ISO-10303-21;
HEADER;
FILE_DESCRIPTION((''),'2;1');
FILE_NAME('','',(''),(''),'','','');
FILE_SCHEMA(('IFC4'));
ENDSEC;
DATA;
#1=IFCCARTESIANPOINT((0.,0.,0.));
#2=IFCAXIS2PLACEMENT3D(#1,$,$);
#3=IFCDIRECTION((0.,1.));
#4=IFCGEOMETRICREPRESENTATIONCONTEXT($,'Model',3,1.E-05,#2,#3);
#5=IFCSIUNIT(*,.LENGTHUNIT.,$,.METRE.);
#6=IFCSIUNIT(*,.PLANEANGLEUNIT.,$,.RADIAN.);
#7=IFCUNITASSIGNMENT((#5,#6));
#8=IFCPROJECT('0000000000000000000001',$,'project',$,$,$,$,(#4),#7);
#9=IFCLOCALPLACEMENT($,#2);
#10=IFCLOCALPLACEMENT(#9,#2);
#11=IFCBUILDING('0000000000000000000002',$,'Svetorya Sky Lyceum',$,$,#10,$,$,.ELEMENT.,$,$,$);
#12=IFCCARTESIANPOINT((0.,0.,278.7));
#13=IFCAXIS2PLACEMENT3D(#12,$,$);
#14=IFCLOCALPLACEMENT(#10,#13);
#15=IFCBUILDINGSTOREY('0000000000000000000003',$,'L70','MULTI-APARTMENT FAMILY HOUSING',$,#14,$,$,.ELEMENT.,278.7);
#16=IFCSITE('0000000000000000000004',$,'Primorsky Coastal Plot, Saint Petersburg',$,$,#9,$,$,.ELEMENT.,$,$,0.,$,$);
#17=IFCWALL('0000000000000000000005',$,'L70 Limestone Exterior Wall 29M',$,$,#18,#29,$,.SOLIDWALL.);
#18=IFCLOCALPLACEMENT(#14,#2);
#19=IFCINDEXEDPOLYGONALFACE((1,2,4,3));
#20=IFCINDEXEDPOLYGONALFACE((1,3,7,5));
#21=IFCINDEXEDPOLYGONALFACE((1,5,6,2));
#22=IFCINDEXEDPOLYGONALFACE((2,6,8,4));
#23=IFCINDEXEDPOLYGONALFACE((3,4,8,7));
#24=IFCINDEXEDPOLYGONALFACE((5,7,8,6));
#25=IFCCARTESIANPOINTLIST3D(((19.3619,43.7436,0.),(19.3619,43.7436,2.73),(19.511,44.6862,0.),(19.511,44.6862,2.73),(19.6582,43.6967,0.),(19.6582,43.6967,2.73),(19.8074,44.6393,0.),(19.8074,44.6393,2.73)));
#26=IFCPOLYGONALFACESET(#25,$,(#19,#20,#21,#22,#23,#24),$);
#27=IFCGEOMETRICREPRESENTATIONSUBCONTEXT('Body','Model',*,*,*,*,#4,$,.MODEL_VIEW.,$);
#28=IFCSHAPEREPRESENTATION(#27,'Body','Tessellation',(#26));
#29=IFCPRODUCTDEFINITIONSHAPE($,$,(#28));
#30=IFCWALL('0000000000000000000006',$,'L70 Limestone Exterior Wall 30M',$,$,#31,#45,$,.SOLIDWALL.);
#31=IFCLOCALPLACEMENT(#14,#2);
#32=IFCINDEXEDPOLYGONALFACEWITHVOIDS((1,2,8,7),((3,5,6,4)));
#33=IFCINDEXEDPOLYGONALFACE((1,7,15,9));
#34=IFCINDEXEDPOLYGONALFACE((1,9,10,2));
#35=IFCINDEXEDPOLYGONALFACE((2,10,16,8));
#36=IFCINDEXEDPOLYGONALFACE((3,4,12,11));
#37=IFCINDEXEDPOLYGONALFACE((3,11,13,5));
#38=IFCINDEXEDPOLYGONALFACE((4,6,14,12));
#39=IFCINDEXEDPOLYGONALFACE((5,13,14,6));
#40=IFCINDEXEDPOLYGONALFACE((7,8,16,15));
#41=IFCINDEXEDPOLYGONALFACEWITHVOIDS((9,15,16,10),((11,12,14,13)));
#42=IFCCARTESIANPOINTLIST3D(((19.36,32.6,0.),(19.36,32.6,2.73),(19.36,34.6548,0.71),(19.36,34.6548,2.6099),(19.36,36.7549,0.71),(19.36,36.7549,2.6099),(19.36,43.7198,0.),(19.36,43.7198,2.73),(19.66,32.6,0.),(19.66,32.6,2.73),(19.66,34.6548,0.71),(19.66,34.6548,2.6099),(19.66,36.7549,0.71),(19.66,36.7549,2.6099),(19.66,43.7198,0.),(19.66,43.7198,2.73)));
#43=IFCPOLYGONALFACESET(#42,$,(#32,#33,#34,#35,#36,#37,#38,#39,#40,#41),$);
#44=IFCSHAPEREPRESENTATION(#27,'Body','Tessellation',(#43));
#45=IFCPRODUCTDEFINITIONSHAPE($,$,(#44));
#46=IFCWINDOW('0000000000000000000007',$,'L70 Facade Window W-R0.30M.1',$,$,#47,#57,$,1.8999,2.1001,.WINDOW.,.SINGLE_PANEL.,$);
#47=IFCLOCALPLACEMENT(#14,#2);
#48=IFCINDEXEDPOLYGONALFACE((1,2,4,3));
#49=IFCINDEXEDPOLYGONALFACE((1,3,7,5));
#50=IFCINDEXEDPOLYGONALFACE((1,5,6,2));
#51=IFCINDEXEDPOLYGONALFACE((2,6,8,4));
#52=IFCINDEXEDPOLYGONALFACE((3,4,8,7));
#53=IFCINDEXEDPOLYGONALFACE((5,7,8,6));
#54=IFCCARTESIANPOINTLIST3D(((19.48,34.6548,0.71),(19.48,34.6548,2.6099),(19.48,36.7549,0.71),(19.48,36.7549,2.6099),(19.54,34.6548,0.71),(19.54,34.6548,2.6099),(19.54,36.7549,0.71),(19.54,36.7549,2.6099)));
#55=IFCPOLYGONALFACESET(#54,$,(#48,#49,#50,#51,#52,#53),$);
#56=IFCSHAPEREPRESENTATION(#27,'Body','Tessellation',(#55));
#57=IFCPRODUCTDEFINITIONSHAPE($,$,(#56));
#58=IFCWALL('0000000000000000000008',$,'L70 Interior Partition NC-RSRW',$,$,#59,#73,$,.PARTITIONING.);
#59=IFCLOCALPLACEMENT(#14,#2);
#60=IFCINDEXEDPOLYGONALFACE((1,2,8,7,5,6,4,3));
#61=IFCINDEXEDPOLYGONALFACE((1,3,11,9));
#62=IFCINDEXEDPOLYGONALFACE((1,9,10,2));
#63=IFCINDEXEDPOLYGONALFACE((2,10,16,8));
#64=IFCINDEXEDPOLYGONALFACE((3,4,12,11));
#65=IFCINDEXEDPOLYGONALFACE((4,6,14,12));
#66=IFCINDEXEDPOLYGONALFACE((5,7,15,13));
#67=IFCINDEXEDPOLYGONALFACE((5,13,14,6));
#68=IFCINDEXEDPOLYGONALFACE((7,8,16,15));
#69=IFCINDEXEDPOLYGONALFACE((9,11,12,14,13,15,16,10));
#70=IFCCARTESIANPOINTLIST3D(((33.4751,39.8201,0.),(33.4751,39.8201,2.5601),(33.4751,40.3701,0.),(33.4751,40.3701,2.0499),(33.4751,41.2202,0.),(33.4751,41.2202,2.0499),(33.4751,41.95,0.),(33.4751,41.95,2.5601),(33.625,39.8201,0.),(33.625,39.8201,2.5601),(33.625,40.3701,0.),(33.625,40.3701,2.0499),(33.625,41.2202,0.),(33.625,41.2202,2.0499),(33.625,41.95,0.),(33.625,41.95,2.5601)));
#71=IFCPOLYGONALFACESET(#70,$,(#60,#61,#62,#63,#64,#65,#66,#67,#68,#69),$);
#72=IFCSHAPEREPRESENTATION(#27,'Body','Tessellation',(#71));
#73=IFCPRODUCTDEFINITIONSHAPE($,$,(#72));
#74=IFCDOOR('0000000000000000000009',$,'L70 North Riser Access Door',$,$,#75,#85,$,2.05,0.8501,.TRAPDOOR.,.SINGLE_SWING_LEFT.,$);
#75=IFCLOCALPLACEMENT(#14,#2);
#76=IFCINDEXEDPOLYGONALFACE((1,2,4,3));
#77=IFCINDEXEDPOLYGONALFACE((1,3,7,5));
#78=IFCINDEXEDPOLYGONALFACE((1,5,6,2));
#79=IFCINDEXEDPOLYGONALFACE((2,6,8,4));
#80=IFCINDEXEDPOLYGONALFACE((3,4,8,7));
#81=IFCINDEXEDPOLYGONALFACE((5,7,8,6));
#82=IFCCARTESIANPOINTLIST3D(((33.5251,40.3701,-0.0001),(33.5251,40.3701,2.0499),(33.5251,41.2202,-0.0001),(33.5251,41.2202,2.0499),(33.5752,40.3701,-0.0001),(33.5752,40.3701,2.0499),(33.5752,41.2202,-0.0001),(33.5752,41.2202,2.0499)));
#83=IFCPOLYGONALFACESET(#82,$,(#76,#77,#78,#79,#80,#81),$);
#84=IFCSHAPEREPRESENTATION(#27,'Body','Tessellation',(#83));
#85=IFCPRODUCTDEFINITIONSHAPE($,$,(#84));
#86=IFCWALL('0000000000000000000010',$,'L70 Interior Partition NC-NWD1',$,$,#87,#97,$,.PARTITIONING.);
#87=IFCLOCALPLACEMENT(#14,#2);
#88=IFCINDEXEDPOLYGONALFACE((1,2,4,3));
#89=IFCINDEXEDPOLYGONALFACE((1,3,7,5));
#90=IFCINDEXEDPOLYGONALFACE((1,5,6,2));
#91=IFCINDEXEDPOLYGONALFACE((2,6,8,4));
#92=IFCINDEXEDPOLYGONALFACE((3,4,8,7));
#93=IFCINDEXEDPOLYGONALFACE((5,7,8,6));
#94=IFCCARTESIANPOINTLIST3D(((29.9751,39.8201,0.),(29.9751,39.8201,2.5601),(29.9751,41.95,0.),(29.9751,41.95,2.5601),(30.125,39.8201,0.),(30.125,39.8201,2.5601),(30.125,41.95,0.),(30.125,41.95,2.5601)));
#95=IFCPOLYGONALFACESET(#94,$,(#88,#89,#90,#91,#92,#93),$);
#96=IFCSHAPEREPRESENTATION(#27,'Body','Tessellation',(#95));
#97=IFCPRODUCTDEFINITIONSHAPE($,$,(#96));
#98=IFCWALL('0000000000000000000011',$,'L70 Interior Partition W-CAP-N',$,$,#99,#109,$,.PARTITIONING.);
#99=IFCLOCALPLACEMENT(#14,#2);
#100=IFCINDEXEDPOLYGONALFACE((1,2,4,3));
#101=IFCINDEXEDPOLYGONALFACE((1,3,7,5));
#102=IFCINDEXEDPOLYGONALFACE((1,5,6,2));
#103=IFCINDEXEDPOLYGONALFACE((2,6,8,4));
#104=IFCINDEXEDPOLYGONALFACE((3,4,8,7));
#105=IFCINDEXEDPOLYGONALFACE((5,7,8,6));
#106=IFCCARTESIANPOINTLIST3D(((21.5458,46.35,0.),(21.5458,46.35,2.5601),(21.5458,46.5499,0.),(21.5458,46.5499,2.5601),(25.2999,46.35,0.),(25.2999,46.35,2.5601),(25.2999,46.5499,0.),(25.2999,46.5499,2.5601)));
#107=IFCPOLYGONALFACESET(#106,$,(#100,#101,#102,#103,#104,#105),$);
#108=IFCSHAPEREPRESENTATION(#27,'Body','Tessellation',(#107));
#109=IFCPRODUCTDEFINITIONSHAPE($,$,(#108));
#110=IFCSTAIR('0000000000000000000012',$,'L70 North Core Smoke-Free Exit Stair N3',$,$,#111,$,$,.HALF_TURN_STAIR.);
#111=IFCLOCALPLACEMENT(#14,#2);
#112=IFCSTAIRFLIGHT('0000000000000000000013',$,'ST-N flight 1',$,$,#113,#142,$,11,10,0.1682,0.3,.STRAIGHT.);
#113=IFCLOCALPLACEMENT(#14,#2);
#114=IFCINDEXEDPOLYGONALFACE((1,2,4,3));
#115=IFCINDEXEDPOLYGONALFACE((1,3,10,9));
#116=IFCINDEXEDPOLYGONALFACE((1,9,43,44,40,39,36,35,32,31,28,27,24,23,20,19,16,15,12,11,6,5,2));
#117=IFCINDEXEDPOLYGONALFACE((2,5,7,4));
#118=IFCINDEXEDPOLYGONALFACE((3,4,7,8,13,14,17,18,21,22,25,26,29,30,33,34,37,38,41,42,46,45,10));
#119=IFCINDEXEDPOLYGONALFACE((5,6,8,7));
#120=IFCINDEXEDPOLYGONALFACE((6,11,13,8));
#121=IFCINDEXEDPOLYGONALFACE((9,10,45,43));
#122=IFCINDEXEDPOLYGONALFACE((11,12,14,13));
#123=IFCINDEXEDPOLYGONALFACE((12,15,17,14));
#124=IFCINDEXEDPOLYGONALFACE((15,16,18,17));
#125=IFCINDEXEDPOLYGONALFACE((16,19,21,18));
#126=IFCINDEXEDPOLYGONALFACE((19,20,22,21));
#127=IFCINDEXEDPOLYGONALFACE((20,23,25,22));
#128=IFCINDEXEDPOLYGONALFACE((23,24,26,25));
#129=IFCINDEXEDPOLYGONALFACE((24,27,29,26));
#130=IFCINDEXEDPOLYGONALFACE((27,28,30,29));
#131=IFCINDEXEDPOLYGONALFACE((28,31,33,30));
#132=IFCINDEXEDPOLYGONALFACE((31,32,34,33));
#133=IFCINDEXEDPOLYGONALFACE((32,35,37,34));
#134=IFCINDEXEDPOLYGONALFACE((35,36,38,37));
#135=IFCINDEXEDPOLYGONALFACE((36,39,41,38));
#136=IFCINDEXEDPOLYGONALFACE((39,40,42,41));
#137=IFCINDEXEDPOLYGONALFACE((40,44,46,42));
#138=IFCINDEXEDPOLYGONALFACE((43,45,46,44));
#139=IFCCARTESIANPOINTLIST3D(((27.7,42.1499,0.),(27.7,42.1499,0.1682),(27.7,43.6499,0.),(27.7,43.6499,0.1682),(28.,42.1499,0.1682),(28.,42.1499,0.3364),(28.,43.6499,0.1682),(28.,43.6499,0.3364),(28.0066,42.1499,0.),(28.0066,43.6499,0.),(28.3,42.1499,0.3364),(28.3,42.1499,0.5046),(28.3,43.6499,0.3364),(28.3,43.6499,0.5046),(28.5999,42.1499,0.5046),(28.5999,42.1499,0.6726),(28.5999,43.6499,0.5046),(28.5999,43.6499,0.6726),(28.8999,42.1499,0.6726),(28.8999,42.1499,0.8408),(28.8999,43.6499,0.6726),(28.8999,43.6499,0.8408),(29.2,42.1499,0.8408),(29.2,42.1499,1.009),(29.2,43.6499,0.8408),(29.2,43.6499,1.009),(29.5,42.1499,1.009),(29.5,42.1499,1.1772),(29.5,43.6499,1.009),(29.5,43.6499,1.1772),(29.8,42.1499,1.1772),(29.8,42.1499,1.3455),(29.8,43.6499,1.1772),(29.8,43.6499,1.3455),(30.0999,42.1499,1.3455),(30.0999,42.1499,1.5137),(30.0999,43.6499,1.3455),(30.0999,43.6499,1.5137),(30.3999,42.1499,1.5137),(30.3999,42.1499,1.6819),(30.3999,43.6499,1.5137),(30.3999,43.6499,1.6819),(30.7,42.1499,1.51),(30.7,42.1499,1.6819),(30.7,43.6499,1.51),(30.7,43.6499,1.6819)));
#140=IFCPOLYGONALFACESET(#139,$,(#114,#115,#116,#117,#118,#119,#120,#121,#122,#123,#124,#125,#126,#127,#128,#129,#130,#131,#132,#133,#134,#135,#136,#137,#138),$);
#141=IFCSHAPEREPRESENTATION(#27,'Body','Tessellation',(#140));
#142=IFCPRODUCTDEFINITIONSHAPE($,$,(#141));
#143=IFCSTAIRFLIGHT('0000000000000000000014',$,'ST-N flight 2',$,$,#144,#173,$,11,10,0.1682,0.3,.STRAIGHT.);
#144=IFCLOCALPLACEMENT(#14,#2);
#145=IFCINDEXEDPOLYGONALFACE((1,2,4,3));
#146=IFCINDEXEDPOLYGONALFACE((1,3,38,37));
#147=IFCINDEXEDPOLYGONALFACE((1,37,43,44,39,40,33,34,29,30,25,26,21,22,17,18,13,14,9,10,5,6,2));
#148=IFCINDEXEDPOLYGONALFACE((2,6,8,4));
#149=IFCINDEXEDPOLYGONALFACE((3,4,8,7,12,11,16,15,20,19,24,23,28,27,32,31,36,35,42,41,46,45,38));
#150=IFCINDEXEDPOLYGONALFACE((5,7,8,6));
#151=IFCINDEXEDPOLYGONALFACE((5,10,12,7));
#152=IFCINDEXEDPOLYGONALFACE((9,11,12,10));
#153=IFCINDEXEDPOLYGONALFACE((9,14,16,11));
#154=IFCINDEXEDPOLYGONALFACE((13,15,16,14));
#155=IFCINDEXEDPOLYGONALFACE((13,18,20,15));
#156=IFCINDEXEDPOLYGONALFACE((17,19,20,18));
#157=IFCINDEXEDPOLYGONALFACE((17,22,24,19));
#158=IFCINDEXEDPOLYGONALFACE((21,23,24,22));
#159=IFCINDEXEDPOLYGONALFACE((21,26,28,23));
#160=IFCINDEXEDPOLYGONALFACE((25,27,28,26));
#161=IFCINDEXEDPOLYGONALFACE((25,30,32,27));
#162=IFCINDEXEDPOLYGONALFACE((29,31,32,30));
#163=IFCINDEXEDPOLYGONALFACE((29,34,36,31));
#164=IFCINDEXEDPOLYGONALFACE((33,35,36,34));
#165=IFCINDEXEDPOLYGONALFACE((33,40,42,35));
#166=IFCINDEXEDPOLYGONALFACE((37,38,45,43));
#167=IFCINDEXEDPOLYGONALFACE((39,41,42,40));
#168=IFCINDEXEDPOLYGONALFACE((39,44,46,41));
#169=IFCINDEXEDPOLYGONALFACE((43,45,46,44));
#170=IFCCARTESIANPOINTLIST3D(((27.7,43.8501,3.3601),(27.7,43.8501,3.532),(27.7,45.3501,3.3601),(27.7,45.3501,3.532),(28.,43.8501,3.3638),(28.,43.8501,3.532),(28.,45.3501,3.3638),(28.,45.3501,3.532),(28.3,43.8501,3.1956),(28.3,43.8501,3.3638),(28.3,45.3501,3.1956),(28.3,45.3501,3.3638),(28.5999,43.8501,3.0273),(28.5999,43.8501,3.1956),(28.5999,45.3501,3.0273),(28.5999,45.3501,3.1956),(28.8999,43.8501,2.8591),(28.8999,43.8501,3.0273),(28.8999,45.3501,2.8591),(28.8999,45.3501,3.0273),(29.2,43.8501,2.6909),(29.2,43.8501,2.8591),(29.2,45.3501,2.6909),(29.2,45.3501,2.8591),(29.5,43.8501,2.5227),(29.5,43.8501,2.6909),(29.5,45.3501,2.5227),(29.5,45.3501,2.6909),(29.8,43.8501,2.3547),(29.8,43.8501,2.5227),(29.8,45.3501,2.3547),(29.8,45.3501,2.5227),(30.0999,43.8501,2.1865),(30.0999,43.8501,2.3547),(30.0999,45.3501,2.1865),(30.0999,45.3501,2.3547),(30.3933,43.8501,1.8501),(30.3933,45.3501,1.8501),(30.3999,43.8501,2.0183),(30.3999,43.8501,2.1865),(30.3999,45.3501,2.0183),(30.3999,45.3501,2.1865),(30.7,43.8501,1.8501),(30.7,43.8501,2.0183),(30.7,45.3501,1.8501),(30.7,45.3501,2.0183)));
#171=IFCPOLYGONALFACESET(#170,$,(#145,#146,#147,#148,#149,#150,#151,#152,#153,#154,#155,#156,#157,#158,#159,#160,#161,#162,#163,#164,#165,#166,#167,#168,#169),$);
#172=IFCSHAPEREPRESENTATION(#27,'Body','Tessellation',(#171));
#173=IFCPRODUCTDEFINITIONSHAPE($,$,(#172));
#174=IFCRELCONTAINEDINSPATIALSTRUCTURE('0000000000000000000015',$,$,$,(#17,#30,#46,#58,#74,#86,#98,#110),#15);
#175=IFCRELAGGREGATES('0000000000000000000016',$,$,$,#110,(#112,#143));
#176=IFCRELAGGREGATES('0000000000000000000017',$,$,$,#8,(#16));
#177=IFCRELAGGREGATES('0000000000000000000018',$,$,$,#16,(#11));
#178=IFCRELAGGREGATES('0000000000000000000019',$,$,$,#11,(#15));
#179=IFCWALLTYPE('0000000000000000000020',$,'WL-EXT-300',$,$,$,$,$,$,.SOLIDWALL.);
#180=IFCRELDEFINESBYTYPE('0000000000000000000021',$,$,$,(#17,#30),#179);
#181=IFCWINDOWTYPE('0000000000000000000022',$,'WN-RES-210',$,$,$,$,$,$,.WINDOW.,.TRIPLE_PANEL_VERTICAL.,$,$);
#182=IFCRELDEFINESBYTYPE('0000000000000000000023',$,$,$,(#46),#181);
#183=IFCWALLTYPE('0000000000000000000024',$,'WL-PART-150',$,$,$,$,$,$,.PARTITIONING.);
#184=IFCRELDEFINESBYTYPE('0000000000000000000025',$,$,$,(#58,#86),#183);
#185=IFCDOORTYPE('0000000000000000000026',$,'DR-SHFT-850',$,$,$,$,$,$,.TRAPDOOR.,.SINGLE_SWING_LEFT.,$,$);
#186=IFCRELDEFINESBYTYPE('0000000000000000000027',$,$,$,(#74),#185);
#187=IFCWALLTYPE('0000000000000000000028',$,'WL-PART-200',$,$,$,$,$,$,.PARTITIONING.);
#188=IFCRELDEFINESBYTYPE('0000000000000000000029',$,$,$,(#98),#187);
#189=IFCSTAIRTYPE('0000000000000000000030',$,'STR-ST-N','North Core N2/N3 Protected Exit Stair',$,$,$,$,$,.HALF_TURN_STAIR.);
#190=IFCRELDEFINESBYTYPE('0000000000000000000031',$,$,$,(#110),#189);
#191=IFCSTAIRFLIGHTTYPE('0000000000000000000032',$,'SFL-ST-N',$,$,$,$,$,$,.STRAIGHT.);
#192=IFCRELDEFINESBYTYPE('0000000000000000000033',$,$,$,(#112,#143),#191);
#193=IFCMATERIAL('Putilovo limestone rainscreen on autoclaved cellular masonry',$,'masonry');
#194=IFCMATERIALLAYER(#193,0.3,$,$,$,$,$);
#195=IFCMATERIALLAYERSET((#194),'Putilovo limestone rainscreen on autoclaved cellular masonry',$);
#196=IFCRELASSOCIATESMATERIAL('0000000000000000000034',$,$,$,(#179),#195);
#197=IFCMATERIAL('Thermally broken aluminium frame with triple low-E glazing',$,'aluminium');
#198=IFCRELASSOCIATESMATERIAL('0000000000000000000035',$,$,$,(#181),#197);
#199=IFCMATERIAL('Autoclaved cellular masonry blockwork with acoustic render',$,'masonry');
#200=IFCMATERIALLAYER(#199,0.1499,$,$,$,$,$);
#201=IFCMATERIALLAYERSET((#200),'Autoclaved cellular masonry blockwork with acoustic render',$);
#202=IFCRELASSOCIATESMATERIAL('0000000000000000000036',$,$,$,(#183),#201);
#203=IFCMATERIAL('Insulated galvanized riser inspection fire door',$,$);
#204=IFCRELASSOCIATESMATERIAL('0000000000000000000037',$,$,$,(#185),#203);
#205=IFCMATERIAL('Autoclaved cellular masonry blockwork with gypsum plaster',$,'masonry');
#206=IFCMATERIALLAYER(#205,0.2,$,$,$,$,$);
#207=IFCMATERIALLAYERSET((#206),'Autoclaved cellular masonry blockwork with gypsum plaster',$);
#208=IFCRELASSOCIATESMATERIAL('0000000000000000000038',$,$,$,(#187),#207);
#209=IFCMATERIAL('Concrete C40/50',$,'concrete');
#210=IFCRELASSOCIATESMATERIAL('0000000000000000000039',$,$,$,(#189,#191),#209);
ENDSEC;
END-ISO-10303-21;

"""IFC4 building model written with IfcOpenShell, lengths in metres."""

from ifc_helpers import new_model, si_unit, direction, frame, frame_2d, origin, place, context, subcontext, project, spatial, polyline, rectangle, outline, extrude, material, layer, layer_set, type_object, element, fill, aggregate, save


model = new_model("IFC4")

# Units and contexts
model_context = context("Model", 3, precision=1e-05, world=origin(), true_north=direction((0.0, 1.0)))
body_context = subcontext(model_context, "Body", "Model", "MODEL_VIEW")
ifc_project = project(units=[si_unit("LENGTHUNIT", "METRE"), si_unit("PLANEANGLEUNIT", "RADIAN")], contexts=[model_context])

# Site, building, storey
site_placement = place(None, origin())
site = spatial("IfcSite", under=ifc_project, at=site_placement, Name="Primorsky Coastal Plot, Saint Petersburg", CompositionType="ELEMENT", RefElevation=0.0)
building_placement = place(site_placement, origin())
building = spatial("IfcBuilding", under=site, at=building_placement, Name="Svetorya Sky Lyceum", CompositionType="ELEMENT")
storey_placement = place(building_placement, frame((0.0, 0.0, 278.7)))
storey = spatial("IfcBuildingStorey", under=building, at=storey_placement, Name="L70", Description="MULTI-APARTMENT FAMILY HOUSING", CompositionType="ELEMENT", Elevation=278.7)

# Shared definitions
ifc_material_1 = material(Name="Concrete C40/50", Category="concrete")

# Wall
ifc_material_2 = material(Name="Putilovo limestone rainscreen on autoclaved cellular masonry", Category="masonry")
ifc_layer_1 = layer(ifc_material_2, 0.3)
ifc_layer_set_1 = layer_set([ifc_layer_1], Name="Putilovo limestone rainscreen on autoclaved cellular masonry")
wall_type_1 = type_object("IfcWallType", Name="WL-EXT-300", PredefinedType="SOLIDWALL", material=ifc_layer_set_1)
wall_1_placement = place(storey_placement, frame((19.6592, 44.6626, 0.0), z_axis=(0.0, 0.0, 1.0), x_axis=(-0.156304, -0.987709, 0.0)))
element("IfcWall", 1, at=wall_1_placement, inside=storey, type_object=wall_type_1, Name="L70 Limestone Exterior Wall 29M", PredefinedType="SOLIDWALL", context=body_context, shape_type="SweptSolid", body=[
    extrude(rectangle(XDim=0.9543, YDim=0.3, at=frame_2d((0.4771, 0.0))), origin(), (0.0, 0.0, 1.0), 2.73),
])

# Wall, opening, window
wall_2_placement = place(storey_placement, frame((19.51, 43.72, 0.0), z_axis=(0.0, 0.0, 1.0), x_axis=(0.0, -1.0, 0.0)))
wall_2 = element("IfcWall", 2, at=wall_2_placement, inside=storey, type_object=wall_type_1, Name="L70 Limestone Exterior Wall 30M", PredefinedType="SOLIDWALL", context=body_context, shape_type="SweptSolid", body=[
    extrude(rectangle(XDim=11.1199, YDim=0.3, at=frame_2d((5.5601, 0.0))), origin(), (0.0, 0.0, 1.0), 2.73),
])
opening_1_placement = place(wall_2_placement, frame((6.9651, 0.0, 0.71)))
opening_1 = element("IfcOpeningElement", 3, at=opening_1_placement, cuts=wall_2, PredefinedType="OPENING", context=body_context, shape_type="SweptSolid", body=[
    extrude(rectangle(XDim=2.1001, YDim=1.8999, at=frame_2d((1.05, 0.95))), frame((0.0, 0.1599, 0.0), z_axis=(0.0, -1.0, 0.0), x_axis=(1.0, 0.0, 0.0)), (0.0, 0.0, 1.0), 0.3201),
])
ifc_material_3 = material(Name="Thermally broken aluminium frame with triple low-E glazing", Category="aluminium")
window_type = type_object("IfcWindowType", Name="WN-RES-210", PartitioningType="TRIPLE_PANEL_VERTICAL", PredefinedType="WINDOW", material=ifc_material_3)
window_placement = place(opening_1_placement, origin())
window = element("IfcWindow", 4, at=window_placement, inside=storey, type_object=window_type, Name="L70 Facade Window W-R0.30M.1", OverallHeight=1.8999, OverallWidth=2.1001, PartitioningType="SINGLE_PANEL", PredefinedType="WINDOW", context=body_context, shape_type="SweptSolid", body=[
    extrude(rectangle(XDim=2.1001, YDim=1.8999, at=frame_2d((1.05, 0.95))), frame((0.0, 0.03, 0.0), z_axis=(0.0, -1.0, 0.0), x_axis=(1.0, 0.0, 0.0)), (0.0, 0.0, 1.0), 0.0601),
])
fill(opening_1, window)

# Wall, opening, door
ifc_material_4 = material(Name="Autoclaved cellular masonry blockwork with acoustic render", Category="masonry")
ifc_layer_2 = layer(ifc_material_4, 0.1499)
ifc_layer_set_2 = layer_set([ifc_layer_2], Name="Autoclaved cellular masonry blockwork with acoustic render")
wall_type_2 = type_object("IfcWallType", Name="WL-PART-150", PredefinedType="PARTITIONING", material=ifc_layer_set_2)
wall_3_placement = place(storey_placement, frame((33.55, 39.8201, 0.0), z_axis=(0.0, 0.0, 1.0), x_axis=(0.0, 1.0, 0.0)))
wall_3 = element("IfcWall", 5, at=wall_3_placement, inside=storey, type_object=wall_type_2, Name="L70 Interior Partition NC-RSRW", PredefinedType="PARTITIONING", context=body_context, shape_type="SweptSolid", body=[
    extrude(rectangle(XDim=2.1299, YDim=0.1499, at=frame_2d((1.0649, 0.0))), origin(), (0.0, 0.0, 1.0), 2.5601),
])
opening_2_placement = place(wall_3_placement, frame((0.55, 0.0, 0.0)))
opening_2 = element("IfcOpeningElement", 6, at=opening_2_placement, cuts=wall_3, PredefinedType="OPENING", context=body_context, shape_type="SweptSolid", body=[
    extrude(rectangle(XDim=0.8501, YDim=2.05, at=frame_2d((0.425, 1.0249))), frame((0.0, 0.085, 0.0), z_axis=(0.0, -1.0, 0.0), x_axis=(1.0, 0.0, 0.0)), (0.0, 0.0, 1.0), 0.1699),
])
ifc_material_5 = material(Name="Insulated galvanized riser inspection fire door")
door_type = type_object("IfcDoorType", Name="DR-SHFT-850", OperationType="SINGLE_SWING_LEFT", PredefinedType="TRAPDOOR", material=ifc_material_5)
door_placement = place(opening_2_placement, origin())
door = element("IfcDoor", 7, at=door_placement, inside=storey, type_object=door_type, Name="L70 North Riser Access Door", OperationType="SINGLE_SWING_LEFT", OverallHeight=2.05, OverallWidth=0.8501, PredefinedType="TRAPDOOR", context=body_context, shape_type="SweptSolid", body=[
    extrude(rectangle(XDim=0.8501, YDim=2.05, at=frame_2d((0.425, 1.0249))), frame((0.0, 0.0249, 0.0), z_axis=(0.0, -1.0, 0.0), x_axis=(1.0, 0.0, 0.0)), (0.0, 0.0, 1.0), 0.05),
])
fill(opening_2, door)

# Walls
wall_4_placement = place(storey_placement, frame((30.05, 39.8201, 0.0), z_axis=(0.0, 0.0, 1.0), x_axis=(0.0, 1.0, 0.0)))
element("IfcWall", 8, at=wall_4_placement, inside=storey, type_object=wall_type_2, Name="L70 Interior Partition NC-NWD1", PredefinedType="PARTITIONING", context=body_context, shape_type="SweptSolid", body=[
    extrude(rectangle(XDim=2.1299, YDim=0.1499, at=frame_2d((1.0649, 0.0))), origin(), (0.0, 0.0, 1.0), 2.5601),
])
ifc_material_6 = material(Name="Autoclaved cellular masonry blockwork with gypsum plaster", Category="masonry")
ifc_layer_3 = layer(ifc_material_6, 0.2)
ifc_layer_set_3 = layer_set([ifc_layer_3], Name="Autoclaved cellular masonry blockwork with gypsum plaster")
wall_type_3 = type_object("IfcWallType", Name="WL-PART-200", PredefinedType="PARTITIONING", material=ifc_layer_set_3)
wall_5_placement = place(storey_placement, frame((21.5459, 46.45, 0.0), z_axis=(0.0, 0.0, 1.0), x_axis=(1.0, 0.0, 0.0)))
element("IfcWall", 9, at=wall_5_placement, inside=storey, type_object=wall_type_3, Name="L70 Interior Partition W-CAP-N", PredefinedType="PARTITIONING", context=body_context, shape_type="SweptSolid", body=[
    extrude(rectangle(XDim=3.7542, YDim=0.2, at=frame_2d((1.877, 0.0))), origin(), (0.0, 0.0, 1.0), 2.5601),
])

# Stair, stair flights
stair_type = type_object("IfcStairType", Name="STR-ST-N", Description="North Core N2/N3 Protected Exit Stair", PredefinedType="HALF_TURN_STAIR", material=ifc_material_1)
stair_placement = place(storey_placement, origin())
stair = element("IfcStair", 10, at=stair_placement, inside=storey, type_object=stair_type, Name="L70 North Core Smoke-Free Exit Stair N3", PredefinedType="HALF_TURN_STAIR")
stair_flight_type = type_object("IfcStairFlightType", Name="SFL-ST-N", PredefinedType="STRAIGHT", material=ifc_material_1)
stair_flight_1_placement = place(storey_placement, frame((27.7, 42.8999, 0.0), z_axis=(0.0, 0.0, 1.0), x_axis=(1.0, 0.0, 0.0)))
stair_flight_1 = element("IfcStairFlight", 11, at=stair_flight_1_placement, type_object=stair_flight_type, Name="ST-N flight 1", NumberOfRisers=11, NumberOfTreads=10, PredefinedType="STRAIGHT", RiserHeight=0.1682, TreadLength=0.3, context=body_context, shape_type="SweptSolid", body=[
    extrude(outline(polyline([(0.0, 0.0), (0.0, 0.1682), (0.3, 0.1682), (0.3, 0.3364), (0.6001, 0.3364), (0.6001, 0.5046), (0.8999, 0.5046), (0.8999, 0.6726), (1.2, 0.6726), (1.2, 0.8408), (1.5, 0.8408), (1.5, 1.009), (1.8, 1.009), (1.8, 1.1772), (2.1001, 1.1772), (2.1001, 1.3455), (2.3999, 1.3455), (2.3999, 1.5137), (2.7, 1.5137), (2.7, 1.6819), (3.0, 1.6819), (3.0, 1.8501), (3.0, 1.51), (0.3066, 0.0), (0.0, 0.0)])), frame((0.0, 0.75, 0.0), z_axis=(0.0, -1.0, 0.0), x_axis=(1.0, 0.0, 0.0)), (0.0, 0.0, 1.0), 1.5),
])
stair_flight_2_placement = place(storey_placement, frame((30.7, 44.6001, 1.8501), z_axis=(0.0, 0.0, 1.0), x_axis=(-1.0, 0.0, 0.0)))
stair_flight_2 = element("IfcStairFlight", 12, at=stair_flight_2_placement, type_object=stair_flight_type, Name="ST-N flight 2", NumberOfRisers=11, NumberOfTreads=10, PredefinedType="STRAIGHT", RiserHeight=0.1682, TreadLength=0.3, context=body_context, shape_type="SweptSolid", body=[
    extrude(outline(polyline([(0.0, 0.0), (0.0, 0.1682), (0.3, 0.1682), (0.3, 0.3364), (0.6001, 0.3364), (0.6001, 0.5046), (0.8999, 0.5046), (0.8999, 0.6726), (1.2, 0.6726), (1.2, 0.8408), (1.5, 0.8408), (1.5, 1.009), (1.8, 1.009), (1.8, 1.1772), (2.1001, 1.1772), (2.1001, 1.3455), (2.3999, 1.3455), (2.3999, 1.5137), (2.7, 1.5137), (2.7, 1.6819), (3.0, 1.6819), (3.0, 1.8501), (3.0, 1.51), (0.3066, 0.0), (0.0, 0.0)])), frame((0.0, 0.75, 0.0), z_axis=(0.0, -1.0, 0.0), x_axis=(1.0, 0.0, 0.0)), (0.0, 0.0, 1.0), 1.5),
])
aggregate(stair, [stair_flight_1, stair_flight_2])

save(model, "model.ifc")
